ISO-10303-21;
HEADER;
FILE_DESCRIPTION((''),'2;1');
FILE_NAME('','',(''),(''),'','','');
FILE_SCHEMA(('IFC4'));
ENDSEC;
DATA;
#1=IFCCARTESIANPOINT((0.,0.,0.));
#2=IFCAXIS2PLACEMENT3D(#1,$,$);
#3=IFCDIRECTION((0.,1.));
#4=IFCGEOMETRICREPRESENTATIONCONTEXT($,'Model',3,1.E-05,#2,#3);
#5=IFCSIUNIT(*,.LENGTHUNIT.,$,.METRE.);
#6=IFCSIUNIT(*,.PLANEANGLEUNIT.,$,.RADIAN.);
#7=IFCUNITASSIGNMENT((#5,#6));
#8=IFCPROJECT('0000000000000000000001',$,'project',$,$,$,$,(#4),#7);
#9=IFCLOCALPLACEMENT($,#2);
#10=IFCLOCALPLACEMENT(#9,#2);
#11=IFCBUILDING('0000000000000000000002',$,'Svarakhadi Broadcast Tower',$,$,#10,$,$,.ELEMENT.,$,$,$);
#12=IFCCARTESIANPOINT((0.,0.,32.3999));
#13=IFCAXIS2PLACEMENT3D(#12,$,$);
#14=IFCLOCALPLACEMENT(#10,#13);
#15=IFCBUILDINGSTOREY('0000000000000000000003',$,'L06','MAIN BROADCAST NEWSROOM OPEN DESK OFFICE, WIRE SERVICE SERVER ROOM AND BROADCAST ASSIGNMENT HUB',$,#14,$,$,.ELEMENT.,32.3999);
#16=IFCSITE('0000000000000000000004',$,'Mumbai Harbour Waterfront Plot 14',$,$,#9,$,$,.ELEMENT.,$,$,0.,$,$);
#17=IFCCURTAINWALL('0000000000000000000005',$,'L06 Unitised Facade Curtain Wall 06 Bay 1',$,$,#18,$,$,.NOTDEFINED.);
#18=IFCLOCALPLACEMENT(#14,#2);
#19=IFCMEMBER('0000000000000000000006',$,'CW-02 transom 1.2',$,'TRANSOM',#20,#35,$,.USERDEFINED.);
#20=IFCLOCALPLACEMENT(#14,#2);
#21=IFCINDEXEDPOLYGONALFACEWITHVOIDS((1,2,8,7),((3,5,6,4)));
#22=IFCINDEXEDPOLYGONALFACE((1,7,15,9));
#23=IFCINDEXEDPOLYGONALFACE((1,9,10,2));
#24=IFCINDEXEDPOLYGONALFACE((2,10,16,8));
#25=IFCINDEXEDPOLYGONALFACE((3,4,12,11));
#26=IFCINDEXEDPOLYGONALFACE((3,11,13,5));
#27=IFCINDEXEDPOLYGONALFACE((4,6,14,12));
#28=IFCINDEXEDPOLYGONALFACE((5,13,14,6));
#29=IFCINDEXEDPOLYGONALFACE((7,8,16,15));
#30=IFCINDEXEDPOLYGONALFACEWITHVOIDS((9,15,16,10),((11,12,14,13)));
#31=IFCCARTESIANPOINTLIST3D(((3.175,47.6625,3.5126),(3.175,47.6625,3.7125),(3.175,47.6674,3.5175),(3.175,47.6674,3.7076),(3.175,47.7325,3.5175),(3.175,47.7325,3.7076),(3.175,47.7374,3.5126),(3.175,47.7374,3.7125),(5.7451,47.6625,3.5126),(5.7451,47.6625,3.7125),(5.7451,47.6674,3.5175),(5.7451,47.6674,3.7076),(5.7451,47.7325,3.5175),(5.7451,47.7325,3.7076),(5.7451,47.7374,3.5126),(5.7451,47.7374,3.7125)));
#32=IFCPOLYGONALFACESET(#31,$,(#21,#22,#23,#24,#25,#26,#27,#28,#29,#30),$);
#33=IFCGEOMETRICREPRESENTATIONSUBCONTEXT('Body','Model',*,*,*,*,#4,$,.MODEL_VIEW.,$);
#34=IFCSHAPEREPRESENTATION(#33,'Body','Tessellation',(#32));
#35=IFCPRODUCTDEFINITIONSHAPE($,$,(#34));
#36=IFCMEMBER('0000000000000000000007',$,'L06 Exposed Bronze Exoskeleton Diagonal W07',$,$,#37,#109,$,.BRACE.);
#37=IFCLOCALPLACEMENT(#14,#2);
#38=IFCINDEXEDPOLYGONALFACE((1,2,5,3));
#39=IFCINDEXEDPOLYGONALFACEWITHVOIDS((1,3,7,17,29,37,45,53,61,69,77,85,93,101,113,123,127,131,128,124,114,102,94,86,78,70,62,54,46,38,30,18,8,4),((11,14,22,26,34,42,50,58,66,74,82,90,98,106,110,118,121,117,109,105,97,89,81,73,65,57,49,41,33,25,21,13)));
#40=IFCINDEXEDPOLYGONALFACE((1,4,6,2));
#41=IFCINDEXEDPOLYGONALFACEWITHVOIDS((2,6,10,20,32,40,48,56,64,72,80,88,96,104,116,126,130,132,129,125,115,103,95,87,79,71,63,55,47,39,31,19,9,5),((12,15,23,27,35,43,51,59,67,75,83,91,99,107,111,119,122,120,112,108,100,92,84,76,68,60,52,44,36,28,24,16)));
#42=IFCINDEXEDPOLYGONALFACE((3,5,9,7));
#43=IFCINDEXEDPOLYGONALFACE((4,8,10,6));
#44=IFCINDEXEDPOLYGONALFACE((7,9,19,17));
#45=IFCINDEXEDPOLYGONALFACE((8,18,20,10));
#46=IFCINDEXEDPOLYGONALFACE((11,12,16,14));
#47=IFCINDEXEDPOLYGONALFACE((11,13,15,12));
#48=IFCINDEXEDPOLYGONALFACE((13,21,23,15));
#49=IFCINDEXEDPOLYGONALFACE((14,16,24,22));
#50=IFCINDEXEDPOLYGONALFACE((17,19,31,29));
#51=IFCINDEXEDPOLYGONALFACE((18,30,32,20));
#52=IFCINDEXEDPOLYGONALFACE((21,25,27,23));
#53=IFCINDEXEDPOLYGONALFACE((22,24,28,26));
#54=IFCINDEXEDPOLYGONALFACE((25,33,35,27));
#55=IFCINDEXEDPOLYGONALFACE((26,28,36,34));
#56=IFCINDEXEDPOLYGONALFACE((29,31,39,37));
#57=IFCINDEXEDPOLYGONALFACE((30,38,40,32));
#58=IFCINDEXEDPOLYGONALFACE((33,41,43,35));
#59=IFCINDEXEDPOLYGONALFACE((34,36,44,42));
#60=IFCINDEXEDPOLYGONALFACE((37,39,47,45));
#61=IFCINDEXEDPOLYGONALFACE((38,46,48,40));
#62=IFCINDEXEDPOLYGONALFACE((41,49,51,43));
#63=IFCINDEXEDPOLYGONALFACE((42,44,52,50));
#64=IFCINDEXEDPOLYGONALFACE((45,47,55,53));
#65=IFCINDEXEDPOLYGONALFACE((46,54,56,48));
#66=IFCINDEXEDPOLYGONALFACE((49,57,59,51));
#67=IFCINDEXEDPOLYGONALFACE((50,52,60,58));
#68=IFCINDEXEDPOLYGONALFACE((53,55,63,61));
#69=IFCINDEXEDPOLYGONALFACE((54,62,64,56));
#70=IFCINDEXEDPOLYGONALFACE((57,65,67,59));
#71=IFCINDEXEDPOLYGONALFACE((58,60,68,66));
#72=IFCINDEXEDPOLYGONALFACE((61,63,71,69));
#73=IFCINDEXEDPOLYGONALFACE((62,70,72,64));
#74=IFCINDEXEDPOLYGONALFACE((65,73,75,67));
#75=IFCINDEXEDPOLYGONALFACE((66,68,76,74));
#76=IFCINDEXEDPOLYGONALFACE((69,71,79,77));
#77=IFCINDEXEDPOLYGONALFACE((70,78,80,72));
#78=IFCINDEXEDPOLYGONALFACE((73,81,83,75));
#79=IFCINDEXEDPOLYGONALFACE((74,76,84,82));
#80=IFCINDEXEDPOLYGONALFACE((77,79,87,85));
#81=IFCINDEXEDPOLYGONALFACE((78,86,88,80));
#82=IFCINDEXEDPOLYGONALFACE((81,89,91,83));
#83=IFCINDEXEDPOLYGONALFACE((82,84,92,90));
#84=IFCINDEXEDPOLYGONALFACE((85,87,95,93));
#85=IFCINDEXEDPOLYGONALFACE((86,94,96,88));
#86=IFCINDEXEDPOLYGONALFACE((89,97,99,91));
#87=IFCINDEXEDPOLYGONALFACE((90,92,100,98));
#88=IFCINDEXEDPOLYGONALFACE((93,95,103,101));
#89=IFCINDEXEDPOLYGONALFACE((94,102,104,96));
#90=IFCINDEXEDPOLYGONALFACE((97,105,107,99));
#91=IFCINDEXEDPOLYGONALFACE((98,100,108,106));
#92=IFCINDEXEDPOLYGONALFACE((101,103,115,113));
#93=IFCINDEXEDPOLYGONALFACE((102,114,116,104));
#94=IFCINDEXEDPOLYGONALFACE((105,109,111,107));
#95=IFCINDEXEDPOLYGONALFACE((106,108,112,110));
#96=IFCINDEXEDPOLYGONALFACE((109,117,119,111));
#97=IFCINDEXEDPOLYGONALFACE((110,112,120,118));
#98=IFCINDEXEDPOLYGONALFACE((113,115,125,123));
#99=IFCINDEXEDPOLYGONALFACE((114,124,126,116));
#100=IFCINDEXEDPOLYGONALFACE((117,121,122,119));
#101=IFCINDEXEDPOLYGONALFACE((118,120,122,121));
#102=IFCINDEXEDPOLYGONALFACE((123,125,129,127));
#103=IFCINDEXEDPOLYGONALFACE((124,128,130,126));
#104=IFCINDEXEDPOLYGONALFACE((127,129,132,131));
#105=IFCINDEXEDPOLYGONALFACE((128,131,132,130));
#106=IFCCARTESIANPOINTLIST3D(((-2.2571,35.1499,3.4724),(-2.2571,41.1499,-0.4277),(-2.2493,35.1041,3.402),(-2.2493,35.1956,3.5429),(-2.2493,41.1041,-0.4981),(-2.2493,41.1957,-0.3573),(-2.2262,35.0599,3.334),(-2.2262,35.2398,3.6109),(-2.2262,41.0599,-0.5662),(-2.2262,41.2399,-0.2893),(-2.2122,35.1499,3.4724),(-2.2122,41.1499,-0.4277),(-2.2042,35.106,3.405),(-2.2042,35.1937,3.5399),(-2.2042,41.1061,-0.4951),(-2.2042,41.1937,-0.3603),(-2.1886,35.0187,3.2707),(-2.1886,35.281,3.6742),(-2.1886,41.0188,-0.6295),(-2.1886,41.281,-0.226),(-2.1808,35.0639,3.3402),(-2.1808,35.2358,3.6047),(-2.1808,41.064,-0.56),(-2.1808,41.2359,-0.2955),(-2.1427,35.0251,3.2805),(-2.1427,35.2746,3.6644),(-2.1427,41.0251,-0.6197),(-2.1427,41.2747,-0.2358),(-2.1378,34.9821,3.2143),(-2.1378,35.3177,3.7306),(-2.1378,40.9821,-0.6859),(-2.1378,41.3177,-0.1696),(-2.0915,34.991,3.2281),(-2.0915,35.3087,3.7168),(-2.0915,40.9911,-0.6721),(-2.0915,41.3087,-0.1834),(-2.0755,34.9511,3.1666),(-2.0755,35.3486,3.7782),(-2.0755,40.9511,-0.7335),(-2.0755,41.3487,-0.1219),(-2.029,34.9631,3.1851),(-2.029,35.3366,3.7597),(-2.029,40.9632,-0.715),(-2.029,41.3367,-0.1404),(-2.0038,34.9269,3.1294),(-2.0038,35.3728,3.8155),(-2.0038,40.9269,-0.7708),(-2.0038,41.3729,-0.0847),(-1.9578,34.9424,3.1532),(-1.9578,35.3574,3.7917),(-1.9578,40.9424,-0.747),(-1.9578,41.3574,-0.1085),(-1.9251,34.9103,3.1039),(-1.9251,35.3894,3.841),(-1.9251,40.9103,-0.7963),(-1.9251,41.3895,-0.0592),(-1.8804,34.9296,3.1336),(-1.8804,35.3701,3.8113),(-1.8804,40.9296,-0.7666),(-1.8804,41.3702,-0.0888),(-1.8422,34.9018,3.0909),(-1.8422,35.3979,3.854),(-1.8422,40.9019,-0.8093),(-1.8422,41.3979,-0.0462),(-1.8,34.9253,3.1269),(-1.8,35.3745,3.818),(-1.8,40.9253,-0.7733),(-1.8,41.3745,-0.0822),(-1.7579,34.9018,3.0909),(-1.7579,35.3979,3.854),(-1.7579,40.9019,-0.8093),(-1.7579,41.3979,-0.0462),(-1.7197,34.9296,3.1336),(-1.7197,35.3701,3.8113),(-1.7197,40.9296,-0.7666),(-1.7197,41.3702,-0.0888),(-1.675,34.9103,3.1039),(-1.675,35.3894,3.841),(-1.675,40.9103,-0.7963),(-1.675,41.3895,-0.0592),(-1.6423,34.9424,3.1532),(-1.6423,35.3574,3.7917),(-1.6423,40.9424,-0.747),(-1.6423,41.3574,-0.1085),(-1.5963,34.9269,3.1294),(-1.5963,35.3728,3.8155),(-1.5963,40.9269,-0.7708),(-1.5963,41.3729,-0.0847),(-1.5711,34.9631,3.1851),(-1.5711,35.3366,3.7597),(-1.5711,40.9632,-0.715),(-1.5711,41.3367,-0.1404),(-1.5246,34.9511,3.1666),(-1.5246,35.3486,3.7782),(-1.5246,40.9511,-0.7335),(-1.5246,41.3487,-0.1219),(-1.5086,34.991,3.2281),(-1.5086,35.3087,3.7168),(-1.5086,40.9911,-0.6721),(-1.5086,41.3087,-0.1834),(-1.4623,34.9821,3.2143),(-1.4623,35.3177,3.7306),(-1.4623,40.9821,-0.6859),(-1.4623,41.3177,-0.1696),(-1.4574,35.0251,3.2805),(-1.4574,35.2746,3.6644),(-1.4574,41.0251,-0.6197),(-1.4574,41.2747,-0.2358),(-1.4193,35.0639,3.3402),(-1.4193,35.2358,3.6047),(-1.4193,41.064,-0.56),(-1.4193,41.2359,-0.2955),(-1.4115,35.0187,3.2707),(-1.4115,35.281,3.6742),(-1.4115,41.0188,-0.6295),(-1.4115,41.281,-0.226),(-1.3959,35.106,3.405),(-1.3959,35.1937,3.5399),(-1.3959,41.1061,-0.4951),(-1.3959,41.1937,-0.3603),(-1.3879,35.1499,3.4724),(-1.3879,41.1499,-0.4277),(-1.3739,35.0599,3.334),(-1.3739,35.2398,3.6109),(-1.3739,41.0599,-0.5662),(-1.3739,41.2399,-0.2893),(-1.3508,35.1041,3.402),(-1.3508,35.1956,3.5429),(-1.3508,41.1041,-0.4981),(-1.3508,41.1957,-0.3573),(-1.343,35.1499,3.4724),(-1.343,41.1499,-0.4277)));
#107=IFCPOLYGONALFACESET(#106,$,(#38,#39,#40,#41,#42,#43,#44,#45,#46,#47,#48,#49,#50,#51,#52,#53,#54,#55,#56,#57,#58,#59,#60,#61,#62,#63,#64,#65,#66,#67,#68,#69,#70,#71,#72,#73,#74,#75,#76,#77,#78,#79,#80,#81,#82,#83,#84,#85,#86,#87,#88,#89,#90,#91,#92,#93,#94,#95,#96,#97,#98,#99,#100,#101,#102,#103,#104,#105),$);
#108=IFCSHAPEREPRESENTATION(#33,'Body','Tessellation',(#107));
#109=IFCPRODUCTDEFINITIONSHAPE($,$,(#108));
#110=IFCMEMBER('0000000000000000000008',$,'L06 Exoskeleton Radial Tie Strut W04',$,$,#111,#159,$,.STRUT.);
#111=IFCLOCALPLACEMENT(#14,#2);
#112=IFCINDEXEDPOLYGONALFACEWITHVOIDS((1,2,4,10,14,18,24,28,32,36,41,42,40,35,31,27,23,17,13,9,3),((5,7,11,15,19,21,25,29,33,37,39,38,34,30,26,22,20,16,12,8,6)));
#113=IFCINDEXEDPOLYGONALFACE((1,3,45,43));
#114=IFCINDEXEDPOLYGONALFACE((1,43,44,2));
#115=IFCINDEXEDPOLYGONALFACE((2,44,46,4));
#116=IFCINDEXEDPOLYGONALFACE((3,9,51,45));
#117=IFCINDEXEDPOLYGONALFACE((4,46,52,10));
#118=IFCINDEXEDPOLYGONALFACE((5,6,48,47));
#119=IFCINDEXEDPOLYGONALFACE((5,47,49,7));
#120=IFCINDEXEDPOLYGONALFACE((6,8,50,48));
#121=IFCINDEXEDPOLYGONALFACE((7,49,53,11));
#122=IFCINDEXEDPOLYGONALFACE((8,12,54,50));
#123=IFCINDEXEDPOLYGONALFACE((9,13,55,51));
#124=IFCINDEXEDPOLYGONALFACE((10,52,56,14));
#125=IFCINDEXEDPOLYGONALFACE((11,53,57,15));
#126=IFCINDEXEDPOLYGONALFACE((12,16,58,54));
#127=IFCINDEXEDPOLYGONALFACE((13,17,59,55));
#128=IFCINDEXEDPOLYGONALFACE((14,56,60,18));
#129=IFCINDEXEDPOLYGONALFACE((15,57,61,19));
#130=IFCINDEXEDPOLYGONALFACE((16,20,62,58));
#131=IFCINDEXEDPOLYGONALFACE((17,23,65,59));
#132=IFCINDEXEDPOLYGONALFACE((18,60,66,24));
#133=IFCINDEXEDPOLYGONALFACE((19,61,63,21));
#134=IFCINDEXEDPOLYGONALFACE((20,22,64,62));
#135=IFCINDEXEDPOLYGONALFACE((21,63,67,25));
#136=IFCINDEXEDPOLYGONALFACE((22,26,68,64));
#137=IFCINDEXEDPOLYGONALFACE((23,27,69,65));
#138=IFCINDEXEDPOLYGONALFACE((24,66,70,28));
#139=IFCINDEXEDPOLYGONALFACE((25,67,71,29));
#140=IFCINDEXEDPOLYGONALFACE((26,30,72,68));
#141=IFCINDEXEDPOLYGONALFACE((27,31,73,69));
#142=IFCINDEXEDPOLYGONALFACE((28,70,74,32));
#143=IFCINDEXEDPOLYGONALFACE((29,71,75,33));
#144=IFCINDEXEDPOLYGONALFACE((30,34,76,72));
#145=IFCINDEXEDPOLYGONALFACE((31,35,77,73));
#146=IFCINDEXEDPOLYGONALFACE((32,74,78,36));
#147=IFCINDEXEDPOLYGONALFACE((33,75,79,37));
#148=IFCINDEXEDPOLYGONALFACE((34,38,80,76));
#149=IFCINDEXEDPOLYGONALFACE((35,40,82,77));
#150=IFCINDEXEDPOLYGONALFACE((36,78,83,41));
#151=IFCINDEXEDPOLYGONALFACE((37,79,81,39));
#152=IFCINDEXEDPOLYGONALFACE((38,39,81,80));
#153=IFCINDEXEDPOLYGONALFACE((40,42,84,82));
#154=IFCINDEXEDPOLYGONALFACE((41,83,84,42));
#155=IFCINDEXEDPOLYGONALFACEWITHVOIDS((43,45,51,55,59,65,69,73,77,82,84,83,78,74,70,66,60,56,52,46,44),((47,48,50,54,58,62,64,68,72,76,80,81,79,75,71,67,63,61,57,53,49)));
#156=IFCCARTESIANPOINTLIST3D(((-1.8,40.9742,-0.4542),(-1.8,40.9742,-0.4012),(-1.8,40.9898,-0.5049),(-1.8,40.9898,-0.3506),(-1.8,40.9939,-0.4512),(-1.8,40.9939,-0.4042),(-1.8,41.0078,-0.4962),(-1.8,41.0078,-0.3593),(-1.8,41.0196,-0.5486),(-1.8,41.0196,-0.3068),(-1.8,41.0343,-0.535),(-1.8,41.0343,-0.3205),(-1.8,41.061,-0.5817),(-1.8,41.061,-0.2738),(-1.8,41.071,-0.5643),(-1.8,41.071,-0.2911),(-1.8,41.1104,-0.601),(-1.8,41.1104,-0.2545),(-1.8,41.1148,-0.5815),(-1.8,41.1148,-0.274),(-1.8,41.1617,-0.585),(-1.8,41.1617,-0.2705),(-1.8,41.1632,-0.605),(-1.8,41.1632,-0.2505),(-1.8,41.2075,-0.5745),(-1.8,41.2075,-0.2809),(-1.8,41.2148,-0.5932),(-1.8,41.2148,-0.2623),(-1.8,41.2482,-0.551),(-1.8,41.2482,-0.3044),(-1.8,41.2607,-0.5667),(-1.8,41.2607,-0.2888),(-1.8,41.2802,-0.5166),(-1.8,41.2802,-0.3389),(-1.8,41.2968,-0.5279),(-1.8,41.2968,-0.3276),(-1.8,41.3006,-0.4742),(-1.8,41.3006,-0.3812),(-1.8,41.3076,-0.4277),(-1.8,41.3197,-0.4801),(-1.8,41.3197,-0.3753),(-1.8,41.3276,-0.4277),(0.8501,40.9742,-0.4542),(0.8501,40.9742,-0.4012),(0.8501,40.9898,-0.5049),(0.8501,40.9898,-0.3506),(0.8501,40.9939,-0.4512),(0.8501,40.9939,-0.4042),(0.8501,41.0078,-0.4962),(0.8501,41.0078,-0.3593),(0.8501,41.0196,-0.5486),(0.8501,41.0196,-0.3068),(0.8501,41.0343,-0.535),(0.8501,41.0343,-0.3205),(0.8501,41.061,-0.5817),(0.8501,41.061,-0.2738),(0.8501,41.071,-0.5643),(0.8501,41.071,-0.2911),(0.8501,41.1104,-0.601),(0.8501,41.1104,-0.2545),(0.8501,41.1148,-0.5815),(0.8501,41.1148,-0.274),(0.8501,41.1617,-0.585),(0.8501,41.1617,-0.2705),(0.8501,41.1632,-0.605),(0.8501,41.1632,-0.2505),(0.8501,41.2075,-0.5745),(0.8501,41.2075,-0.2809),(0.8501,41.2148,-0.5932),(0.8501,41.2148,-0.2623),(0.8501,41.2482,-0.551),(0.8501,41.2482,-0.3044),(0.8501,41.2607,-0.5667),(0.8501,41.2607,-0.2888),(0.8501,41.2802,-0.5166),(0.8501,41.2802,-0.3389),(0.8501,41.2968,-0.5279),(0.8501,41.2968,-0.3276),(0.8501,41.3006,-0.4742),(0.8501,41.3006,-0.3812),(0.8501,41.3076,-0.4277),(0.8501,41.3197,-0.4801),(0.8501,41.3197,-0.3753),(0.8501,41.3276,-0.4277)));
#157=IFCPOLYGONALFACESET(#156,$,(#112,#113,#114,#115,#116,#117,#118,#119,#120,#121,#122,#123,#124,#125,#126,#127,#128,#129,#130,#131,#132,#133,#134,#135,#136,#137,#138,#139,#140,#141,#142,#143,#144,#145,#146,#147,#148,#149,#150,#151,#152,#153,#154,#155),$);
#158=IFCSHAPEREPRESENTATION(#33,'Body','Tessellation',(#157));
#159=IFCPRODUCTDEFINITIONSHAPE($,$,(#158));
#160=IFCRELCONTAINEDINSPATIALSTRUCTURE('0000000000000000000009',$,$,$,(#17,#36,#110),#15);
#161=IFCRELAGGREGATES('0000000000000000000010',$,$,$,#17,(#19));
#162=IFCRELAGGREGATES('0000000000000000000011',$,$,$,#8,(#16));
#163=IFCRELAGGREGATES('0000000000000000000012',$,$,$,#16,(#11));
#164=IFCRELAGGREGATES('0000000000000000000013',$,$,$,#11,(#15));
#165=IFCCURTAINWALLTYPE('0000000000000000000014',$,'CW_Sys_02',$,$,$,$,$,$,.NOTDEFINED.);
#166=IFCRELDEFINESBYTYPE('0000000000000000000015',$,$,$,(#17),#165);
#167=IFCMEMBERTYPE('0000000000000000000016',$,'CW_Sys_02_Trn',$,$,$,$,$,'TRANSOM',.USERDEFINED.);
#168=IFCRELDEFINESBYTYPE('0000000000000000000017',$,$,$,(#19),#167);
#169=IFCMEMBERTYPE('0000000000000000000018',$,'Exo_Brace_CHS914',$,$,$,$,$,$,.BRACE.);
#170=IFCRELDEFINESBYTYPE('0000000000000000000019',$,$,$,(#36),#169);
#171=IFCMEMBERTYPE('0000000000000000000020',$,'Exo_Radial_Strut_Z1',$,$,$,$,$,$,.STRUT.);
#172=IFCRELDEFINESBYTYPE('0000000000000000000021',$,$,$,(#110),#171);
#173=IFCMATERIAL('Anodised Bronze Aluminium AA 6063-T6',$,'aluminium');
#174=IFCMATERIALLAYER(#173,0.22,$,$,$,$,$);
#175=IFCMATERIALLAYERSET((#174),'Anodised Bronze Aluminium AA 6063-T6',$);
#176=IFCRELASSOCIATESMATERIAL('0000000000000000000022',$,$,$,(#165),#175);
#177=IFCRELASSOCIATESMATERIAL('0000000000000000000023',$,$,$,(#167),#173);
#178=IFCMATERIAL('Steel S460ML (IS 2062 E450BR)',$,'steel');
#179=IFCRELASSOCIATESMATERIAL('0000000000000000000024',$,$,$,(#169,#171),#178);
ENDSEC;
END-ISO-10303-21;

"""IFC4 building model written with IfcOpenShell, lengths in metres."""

from ifc_helpers import new_model, si_unit, direction, frame, origin, origin_2d, place, context, subcontext, project, spatial, hollow_rectangle, hollow_circle, extrude, material, layer, layer_set, material_profile, profile_set, type_object, element, aggregate, save


model = new_model("IFC4")

# Units and contexts
model_context = context("Model", 3, precision=1e-05, world=origin(), true_north=direction((0.0, 1.0)))
body_context = subcontext(model_context, "Body", "Model", "MODEL_VIEW")
ifc_project = project(units=[si_unit("LENGTHUNIT", "METRE"), si_unit("PLANEANGLEUNIT", "RADIAN")], contexts=[model_context])

# Site, building, storey
site_placement = place(None, origin())
site = spatial("IfcSite", under=ifc_project, at=site_placement, Name="Mumbai Harbour Waterfront Plot 14", CompositionType="ELEMENT", RefElevation=0.0)
building_placement = place(site_placement, origin())
building = spatial("IfcBuilding", under=site, at=building_placement, Name="Svarakhadi Broadcast Tower", CompositionType="ELEMENT")
storey_placement = place(building_placement, frame((0.0, 0.0, 32.3999)))
storey = spatial("IfcBuildingStorey", under=building, at=storey_placement, Name="L06", Description="MAIN BROADCAST NEWSROOM OPEN DESK OFFICE, WIRE SERVICE SERVER ROOM AND BROADCAST ASSIGNMENT HUB", CompositionType="ELEMENT", Elevation=32.3999)

# Shared definitions
ifc_material_1 = material(Name="Steel S460ML (IS 2062 E450BR)", Category="steel")

# Curtain wall
ifc_material_2 = material(Name="Anodised Bronze Aluminium AA 6063-T6", Category="aluminium")
ifc_layer_1 = layer(ifc_material_2, 0.22)
ifc_layer_set_1 = layer_set([ifc_layer_1], Name="Anodised Bronze Aluminium AA 6063-T6")
curtain_wall_type = type_object("IfcCurtainWallType", Name="CW_Sys_02", PredefinedType="NOTDEFINED", material=ifc_layer_set_1)
curtain_wall_1_placement = place(storey_placement, origin())
curtain_wall_1 = element("IfcCurtainWall", 1, at=curtain_wall_1_placement, inside=storey, type_object=curtain_wall_type, Name="L06 Unitised Facade Curtain Wall 06 Bay 1", PredefinedType="NOTDEFINED")

# Member
ifc_material_profile_1 = material_profile(ifc_material_2, hollow_rectangle(XDim=0.075, YDim=0.2, WallThickness=0.0049, at=origin_2d()), Name="ALU TRANSOM 200x75x5")
ifc_profile_set_1 = profile_set([ifc_material_profile_1], Name="Anodised Bronze Aluminium AA 6063-T6")
member_type_1 = type_object("IfcMemberType", Name="CW_Sys_02_Trn", ElementType="TRANSOM", PredefinedType="USERDEFINED", material=ifc_profile_set_1)
member_1_placement = place(storey_placement, frame((3.175, 47.7, 3.6125), z_axis=(1.0, 0.0, 0.0), x_axis=(0.0, 1.0, 0.0)))
member_1 = element("IfcMember", 2, at=member_1_placement, type_object=member_type_1, Name="CW-02 transom 1.2", ObjectType="TRANSOM", PredefinedType="USERDEFINED", context=body_context, shape_type="SweptSolid", body=[
    extrude(hollow_rectangle(XDim=0.075, YDim=0.2, WallThickness=0.0049, at=origin_2d()), origin(), (0.0, 0.0, 1.0), 2.5701),
])

# Members
ifc_material_profile_2 = material_profile(ifc_material_1, hollow_circle(Radius=0.457, WallThickness=0.0449, at=origin_2d()), Name="CHS 914x45")
ifc_profile_set_2 = profile_set([ifc_material_profile_2], Name="Steel S460ML (IS 2062 E450BR)")
member_type_2 = type_object("IfcMemberType", Name="Exo_Brace_CHS914", PredefinedType="BRACE", material=ifc_profile_set_2)
member_2_placement = place(storey_placement, frame((-1.8, 41.1499, -0.4277), z_axis=(0.0, -0.838434, 0.545003), x_axis=(1.0, 0.0, 0.0)))
element("IfcMember", 3, at=member_2_placement, inside=storey, type_object=member_type_2, Name="L06 Exposed Bronze Exoskeleton Diagonal W07", PredefinedType="BRACE", context=body_context, shape_type="SweptSolid", body=[
    extrude(hollow_circle(Radius=0.457, WallThickness=0.0449, at=origin_2d()), origin(), (0.0, 0.0, 1.0), 7.1562),
])
ifc_material_profile_3 = material_profile(ifc_material_1, hollow_circle(Radius=0.1777, WallThickness=0.02, at=origin_2d()), Name="CHS 355.6x20")
ifc_profile_set_3 = profile_set([ifc_material_profile_3], Name="Steel S460ML (IS 2062 E450BR)")
member_type_3 = type_object("IfcMemberType", Name="Exo_Radial_Strut_Z1", PredefinedType="STRUT", material=ifc_profile_set_3)
member_3_placement = place(storey_placement, frame((-1.8, 41.1499, -0.4277), z_axis=(1.0, 0.0, 0.0), x_axis=(0.0, 1.0, 0.0)))
element("IfcMember", 4, at=member_3_placement, inside=storey, type_object=member_type_3, Name="L06 Exoskeleton Radial Tie Strut W04", PredefinedType="STRUT", context=body_context, shape_type="SweptSolid", body=[
    extrude(hollow_circle(Radius=0.1777, WallThickness=0.02, at=origin_2d()), origin(), (0.0, 0.0, 1.0), 2.6501),
])

aggregate(curtain_wall_1, [member_1])

save(model, "model.ifc")
